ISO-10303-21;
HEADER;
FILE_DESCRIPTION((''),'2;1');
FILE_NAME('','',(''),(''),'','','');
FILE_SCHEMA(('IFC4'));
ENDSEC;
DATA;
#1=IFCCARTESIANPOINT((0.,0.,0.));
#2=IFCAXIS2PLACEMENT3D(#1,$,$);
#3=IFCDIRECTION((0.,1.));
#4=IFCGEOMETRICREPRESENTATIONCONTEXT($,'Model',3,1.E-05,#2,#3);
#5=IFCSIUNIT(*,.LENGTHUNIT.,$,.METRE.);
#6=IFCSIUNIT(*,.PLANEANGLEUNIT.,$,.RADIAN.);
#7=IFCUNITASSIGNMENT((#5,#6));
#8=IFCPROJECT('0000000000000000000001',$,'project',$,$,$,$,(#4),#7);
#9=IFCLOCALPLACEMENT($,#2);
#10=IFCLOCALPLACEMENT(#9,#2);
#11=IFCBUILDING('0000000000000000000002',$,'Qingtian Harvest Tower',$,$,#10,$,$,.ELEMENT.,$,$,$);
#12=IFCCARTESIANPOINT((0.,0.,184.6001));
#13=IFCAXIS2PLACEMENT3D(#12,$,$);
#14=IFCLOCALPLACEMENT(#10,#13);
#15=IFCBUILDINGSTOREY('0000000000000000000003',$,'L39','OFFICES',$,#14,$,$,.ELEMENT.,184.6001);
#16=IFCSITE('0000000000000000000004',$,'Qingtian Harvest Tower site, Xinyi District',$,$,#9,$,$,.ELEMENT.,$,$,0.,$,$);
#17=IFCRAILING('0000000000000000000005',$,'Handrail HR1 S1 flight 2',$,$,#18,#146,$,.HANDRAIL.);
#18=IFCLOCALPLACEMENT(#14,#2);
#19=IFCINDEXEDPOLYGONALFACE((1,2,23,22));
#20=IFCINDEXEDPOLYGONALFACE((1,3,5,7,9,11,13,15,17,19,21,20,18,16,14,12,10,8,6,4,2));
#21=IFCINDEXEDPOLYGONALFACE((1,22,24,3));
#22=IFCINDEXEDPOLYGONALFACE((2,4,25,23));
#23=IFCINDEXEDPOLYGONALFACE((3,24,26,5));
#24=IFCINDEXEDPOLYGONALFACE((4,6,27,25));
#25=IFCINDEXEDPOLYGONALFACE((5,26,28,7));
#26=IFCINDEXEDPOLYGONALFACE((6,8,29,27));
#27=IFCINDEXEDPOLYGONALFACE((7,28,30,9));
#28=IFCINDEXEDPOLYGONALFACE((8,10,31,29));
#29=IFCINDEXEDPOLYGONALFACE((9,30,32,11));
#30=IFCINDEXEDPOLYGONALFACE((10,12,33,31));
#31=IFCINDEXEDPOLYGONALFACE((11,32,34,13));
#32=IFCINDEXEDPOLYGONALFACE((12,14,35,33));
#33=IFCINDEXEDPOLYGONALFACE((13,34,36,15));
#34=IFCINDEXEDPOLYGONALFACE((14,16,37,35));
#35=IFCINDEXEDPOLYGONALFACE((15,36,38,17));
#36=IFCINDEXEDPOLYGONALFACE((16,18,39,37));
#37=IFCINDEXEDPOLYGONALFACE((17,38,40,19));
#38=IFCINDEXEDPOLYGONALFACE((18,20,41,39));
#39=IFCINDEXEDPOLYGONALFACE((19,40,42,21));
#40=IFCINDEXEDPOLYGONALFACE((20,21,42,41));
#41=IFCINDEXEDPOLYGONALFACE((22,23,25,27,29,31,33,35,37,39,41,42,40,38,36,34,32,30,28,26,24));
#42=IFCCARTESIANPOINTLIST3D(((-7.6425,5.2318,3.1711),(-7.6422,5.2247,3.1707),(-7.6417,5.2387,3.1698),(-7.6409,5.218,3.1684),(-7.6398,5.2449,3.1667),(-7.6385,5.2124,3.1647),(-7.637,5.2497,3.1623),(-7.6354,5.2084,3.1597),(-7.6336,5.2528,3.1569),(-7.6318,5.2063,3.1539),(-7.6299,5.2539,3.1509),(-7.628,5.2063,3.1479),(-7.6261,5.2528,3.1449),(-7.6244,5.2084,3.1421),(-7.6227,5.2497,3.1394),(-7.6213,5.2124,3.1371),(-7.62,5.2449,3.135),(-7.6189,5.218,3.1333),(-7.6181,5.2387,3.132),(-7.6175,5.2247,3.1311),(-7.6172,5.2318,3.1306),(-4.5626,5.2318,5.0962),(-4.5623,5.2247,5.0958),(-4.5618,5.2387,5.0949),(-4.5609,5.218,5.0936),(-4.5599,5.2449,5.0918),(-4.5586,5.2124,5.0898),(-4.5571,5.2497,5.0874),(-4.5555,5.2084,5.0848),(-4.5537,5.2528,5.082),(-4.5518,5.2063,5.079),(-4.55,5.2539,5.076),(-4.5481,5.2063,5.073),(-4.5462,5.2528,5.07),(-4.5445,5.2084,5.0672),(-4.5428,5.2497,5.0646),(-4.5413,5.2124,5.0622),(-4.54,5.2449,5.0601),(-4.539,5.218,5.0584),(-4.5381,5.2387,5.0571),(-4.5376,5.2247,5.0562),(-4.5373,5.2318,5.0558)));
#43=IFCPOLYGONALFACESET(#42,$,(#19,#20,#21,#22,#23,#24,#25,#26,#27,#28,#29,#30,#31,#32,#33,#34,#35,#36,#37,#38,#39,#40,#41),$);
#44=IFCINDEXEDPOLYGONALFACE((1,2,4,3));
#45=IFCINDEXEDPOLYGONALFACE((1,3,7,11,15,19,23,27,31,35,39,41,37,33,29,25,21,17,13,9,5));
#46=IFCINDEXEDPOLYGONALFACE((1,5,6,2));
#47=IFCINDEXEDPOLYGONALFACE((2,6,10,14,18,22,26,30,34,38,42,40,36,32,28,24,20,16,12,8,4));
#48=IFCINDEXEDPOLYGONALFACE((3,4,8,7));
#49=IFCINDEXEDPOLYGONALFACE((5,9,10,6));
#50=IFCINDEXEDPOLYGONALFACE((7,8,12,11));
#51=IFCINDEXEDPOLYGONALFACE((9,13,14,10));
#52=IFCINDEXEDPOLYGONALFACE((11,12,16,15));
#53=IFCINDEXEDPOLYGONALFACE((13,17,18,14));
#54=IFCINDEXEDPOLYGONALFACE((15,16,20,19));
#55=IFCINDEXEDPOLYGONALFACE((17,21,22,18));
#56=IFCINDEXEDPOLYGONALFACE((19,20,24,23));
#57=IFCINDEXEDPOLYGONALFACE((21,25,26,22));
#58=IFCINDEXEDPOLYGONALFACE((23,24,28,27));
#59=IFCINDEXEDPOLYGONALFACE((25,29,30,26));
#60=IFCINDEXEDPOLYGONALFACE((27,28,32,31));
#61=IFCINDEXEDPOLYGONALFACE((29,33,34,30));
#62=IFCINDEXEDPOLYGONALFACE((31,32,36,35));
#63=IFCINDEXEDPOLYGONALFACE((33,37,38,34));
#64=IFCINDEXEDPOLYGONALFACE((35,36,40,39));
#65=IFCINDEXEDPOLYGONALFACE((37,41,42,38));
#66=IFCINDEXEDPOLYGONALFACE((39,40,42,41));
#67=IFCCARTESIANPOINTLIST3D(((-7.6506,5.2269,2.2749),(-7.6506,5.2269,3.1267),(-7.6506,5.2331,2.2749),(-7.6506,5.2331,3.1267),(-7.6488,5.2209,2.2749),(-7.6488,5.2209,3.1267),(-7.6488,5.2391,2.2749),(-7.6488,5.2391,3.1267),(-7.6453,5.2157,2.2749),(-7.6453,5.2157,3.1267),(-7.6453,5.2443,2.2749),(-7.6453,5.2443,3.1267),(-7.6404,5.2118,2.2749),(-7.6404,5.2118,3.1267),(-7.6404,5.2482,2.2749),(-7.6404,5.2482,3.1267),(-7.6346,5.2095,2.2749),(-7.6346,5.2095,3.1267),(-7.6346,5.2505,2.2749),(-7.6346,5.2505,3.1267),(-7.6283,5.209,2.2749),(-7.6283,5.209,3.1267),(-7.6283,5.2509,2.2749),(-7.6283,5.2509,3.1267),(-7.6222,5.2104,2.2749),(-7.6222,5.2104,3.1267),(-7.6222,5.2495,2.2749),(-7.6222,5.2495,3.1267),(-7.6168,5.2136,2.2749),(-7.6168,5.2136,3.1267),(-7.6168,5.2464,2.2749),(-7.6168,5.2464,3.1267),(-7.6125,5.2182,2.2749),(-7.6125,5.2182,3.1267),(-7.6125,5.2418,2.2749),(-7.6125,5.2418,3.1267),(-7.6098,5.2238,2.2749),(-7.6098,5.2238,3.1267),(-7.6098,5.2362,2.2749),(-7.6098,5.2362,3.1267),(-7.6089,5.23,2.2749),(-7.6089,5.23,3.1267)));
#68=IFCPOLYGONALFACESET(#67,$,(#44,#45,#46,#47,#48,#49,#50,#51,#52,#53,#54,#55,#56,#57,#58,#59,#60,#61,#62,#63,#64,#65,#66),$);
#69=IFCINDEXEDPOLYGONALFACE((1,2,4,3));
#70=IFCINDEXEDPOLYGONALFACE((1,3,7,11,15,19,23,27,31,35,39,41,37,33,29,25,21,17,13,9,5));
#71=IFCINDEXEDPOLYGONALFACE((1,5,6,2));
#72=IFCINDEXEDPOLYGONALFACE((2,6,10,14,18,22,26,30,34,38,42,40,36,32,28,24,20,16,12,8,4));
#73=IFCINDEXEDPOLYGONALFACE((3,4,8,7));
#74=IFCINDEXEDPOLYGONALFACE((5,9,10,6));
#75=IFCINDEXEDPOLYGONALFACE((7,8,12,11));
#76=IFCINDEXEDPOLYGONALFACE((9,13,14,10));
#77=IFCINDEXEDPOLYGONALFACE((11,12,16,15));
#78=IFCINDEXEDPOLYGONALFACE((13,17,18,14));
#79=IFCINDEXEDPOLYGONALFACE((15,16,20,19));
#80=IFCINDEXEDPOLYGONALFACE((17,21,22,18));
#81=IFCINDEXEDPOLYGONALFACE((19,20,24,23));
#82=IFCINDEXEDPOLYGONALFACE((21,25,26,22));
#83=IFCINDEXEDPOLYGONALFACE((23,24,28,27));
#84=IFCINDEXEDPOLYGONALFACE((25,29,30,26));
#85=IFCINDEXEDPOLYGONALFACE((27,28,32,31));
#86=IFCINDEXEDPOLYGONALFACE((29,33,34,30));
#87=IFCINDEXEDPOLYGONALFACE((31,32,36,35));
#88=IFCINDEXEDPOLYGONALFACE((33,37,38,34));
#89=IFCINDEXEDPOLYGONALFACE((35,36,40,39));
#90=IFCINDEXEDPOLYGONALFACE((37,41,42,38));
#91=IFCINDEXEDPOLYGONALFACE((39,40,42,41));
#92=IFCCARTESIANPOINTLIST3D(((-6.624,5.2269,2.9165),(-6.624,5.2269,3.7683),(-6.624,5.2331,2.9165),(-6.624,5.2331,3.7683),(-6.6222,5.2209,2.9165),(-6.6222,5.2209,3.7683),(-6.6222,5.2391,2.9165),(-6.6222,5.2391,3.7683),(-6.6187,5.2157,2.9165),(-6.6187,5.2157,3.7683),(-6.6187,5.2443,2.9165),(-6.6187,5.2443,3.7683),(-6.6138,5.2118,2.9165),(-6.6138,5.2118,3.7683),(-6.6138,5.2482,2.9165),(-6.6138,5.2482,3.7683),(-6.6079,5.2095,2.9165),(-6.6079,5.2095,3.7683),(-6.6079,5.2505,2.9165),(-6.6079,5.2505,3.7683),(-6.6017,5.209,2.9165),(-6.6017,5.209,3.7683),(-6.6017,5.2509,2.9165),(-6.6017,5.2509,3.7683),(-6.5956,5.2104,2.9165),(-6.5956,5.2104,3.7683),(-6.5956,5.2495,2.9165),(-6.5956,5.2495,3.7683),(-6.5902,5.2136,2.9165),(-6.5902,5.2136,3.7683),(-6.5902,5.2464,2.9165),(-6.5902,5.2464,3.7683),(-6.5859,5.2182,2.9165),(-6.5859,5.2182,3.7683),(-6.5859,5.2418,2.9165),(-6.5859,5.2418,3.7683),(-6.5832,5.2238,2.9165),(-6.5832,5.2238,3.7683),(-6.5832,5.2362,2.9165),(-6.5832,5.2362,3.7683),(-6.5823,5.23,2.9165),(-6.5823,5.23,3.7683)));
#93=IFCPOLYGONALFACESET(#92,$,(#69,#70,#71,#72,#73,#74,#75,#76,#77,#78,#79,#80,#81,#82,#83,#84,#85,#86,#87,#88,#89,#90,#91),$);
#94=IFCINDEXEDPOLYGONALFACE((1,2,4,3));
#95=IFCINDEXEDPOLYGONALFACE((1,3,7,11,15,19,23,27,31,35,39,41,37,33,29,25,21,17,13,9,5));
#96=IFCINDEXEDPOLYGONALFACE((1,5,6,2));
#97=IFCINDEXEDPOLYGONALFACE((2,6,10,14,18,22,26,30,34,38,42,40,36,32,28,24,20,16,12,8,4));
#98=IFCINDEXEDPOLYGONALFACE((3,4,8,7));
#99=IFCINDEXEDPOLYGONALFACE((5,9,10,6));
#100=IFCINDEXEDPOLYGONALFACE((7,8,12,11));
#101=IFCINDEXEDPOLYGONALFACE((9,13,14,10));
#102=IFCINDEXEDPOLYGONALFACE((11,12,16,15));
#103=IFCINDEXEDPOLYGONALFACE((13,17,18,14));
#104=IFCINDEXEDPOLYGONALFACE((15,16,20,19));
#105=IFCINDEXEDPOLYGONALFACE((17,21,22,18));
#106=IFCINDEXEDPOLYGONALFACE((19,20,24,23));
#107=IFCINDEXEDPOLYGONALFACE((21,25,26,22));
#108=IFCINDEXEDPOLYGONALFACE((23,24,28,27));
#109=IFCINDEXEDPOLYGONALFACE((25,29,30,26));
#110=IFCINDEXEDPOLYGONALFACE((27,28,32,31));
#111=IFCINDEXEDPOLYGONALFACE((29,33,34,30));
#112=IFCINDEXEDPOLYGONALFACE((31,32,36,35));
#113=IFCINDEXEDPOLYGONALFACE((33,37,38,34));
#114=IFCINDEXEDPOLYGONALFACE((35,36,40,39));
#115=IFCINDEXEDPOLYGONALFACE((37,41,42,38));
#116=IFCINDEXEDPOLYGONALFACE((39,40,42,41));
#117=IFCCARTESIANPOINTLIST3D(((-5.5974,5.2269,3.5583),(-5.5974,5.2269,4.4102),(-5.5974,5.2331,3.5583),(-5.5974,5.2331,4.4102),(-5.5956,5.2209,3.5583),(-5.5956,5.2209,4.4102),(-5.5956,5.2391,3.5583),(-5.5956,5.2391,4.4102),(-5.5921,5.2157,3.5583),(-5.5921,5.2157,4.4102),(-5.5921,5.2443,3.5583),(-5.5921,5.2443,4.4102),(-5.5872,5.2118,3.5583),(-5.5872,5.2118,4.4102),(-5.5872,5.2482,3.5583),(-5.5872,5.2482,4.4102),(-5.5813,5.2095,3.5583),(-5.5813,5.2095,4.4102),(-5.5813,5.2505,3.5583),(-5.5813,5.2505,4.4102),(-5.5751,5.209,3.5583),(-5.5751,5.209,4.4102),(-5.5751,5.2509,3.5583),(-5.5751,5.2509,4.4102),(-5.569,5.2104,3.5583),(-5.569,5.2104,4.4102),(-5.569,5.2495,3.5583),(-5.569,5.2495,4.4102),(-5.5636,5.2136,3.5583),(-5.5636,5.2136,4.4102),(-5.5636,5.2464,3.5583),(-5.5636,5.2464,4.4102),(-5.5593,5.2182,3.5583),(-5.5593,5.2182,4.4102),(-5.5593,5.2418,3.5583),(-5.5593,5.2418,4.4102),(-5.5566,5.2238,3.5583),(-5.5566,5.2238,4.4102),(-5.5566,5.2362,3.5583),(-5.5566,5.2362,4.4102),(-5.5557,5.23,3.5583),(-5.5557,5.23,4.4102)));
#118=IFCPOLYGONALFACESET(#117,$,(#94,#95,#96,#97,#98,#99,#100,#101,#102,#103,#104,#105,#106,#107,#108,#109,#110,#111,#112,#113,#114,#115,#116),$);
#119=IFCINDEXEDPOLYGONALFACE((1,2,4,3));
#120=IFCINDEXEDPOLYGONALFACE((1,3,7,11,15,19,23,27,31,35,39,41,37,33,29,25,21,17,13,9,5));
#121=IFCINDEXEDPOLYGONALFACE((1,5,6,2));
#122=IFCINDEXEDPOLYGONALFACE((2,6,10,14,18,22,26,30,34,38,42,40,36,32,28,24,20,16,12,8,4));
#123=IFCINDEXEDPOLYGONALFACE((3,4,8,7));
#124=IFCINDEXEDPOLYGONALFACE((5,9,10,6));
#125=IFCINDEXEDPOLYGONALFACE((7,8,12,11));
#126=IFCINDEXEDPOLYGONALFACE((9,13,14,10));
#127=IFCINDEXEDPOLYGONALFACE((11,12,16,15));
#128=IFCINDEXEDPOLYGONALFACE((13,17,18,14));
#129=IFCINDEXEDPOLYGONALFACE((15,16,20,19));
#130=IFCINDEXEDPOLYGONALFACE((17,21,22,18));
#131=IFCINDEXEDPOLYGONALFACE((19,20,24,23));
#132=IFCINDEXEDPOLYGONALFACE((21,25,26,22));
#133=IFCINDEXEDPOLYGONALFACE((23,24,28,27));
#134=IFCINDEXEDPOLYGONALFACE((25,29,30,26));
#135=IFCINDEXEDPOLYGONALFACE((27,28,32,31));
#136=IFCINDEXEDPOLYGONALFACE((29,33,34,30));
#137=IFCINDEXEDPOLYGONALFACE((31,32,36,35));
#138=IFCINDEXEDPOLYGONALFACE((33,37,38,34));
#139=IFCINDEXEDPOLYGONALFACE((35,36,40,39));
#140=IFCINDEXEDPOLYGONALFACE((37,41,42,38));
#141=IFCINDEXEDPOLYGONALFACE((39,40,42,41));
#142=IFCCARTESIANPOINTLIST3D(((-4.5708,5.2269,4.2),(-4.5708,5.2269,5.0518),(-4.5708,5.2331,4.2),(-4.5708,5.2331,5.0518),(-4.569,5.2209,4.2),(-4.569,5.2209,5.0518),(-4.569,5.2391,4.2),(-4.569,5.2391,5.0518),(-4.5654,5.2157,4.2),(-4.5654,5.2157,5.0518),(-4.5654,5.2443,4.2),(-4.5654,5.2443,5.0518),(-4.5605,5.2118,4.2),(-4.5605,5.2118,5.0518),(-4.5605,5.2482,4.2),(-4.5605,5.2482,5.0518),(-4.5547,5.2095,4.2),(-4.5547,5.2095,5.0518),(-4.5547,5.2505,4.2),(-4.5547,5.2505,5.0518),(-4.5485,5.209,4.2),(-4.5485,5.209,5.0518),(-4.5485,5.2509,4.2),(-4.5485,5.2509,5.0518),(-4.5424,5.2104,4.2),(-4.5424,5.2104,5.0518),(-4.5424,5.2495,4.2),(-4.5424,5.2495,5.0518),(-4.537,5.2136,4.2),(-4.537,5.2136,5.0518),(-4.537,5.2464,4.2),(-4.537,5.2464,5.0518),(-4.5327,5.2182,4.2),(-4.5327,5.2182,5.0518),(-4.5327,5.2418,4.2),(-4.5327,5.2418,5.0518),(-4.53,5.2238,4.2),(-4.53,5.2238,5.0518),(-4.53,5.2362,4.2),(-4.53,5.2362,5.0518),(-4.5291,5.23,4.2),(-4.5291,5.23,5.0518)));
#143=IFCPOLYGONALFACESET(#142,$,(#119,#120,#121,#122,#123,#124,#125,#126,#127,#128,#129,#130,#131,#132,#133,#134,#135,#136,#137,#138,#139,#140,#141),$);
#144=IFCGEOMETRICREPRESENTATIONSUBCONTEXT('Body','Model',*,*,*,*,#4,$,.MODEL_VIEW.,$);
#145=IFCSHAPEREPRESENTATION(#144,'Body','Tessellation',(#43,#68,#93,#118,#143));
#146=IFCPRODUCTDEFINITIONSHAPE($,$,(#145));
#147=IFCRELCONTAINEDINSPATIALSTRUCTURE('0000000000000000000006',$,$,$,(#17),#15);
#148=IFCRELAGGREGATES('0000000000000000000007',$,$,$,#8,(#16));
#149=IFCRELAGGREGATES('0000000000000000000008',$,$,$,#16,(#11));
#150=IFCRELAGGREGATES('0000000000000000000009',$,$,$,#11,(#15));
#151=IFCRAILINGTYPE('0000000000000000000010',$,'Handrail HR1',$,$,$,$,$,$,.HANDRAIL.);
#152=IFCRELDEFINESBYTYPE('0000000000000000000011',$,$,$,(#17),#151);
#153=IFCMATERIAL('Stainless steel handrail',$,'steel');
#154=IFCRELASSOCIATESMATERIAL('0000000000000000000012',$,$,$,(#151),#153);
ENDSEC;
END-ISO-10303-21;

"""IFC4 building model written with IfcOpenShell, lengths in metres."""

from ifc_helpers import new_model, si_unit, direction, frame, origin, origin_2d, place, context, subcontext, project, spatial, circle, extrude, material, type_object, element, save


model = new_model("IFC4")

# Units and contexts
model_context = context("Model", 3, precision=1e-05, world=origin(), true_north=direction((0.0, 1.0)))
body_context = subcontext(model_context, "Body", "Model", "MODEL_VIEW")
ifc_project = project(units=[si_unit("LENGTHUNIT", "METRE"), si_unit("PLANEANGLEUNIT", "RADIAN")], contexts=[model_context])

# Site, building, storey
site_placement = place(None, origin())
site = spatial("IfcSite", under=ifc_project, at=site_placement, Name="Qingtian Harvest Tower site, Xinyi District", CompositionType="ELEMENT", RefElevation=0.0)
building_placement = place(site_placement, origin())
building = spatial("IfcBuilding", under=site, at=building_placement, Name="Qingtian Harvest Tower", CompositionType="ELEMENT")
storey_placement = place(building_placement, frame((0.0, 0.0, 184.6001)))
storey = spatial("IfcBuildingStorey", under=building, at=storey_placement, Name="L39", Description="OFFICES", CompositionType="ELEMENT", Elevation=184.6001)

# Railing
ifc_material_1 = material(Name="Stainless steel handrail", Category="steel")
railing_type = type_object("IfcRailingType", Name="Handrail HR1", PredefinedType="HANDRAIL", material=ifc_material_1)
railing_placement = place(storey_placement, frame((-7.6299, 5.23, 2.2749)))
element("IfcRailing", 1, at=railing_placement, inside=storey, type_object=railing_type, Name="Handrail HR1 S1 flight 2", PredefinedType="HANDRAIL", context=body_context, shape_type="SweptSolid", body=[
    extrude(circle(Radius=0.0239, at=origin_2d()), frame((0.0, 0.0, 0.876), z_axis=(0.847979, 0.0, 0.530029), x_axis=(0.0, 1.0, 0.0)), (0.0, 0.0, 1.0), 3.6321),
    extrude(circle(Radius=0.021, at=origin_2d()), origin(), (0.0, 0.0, 1.0), 0.8518),
    extrude(circle(Radius=0.021, at=origin_2d()), frame((1.0266, 0.0, 0.6416)), (0.0, 0.0, 1.0), 0.8518),
    extrude(circle(Radius=0.021, at=origin_2d()), frame((2.0532, 0.0, 1.2834)), (0.0, 0.0, 1.0), 0.8518),
    extrude(circle(Radius=0.021, at=origin_2d()), frame((3.0798, 0.0, 1.925)), (0.0, 0.0, 1.0), 0.8518),
])

save(model, "model.ifc")
